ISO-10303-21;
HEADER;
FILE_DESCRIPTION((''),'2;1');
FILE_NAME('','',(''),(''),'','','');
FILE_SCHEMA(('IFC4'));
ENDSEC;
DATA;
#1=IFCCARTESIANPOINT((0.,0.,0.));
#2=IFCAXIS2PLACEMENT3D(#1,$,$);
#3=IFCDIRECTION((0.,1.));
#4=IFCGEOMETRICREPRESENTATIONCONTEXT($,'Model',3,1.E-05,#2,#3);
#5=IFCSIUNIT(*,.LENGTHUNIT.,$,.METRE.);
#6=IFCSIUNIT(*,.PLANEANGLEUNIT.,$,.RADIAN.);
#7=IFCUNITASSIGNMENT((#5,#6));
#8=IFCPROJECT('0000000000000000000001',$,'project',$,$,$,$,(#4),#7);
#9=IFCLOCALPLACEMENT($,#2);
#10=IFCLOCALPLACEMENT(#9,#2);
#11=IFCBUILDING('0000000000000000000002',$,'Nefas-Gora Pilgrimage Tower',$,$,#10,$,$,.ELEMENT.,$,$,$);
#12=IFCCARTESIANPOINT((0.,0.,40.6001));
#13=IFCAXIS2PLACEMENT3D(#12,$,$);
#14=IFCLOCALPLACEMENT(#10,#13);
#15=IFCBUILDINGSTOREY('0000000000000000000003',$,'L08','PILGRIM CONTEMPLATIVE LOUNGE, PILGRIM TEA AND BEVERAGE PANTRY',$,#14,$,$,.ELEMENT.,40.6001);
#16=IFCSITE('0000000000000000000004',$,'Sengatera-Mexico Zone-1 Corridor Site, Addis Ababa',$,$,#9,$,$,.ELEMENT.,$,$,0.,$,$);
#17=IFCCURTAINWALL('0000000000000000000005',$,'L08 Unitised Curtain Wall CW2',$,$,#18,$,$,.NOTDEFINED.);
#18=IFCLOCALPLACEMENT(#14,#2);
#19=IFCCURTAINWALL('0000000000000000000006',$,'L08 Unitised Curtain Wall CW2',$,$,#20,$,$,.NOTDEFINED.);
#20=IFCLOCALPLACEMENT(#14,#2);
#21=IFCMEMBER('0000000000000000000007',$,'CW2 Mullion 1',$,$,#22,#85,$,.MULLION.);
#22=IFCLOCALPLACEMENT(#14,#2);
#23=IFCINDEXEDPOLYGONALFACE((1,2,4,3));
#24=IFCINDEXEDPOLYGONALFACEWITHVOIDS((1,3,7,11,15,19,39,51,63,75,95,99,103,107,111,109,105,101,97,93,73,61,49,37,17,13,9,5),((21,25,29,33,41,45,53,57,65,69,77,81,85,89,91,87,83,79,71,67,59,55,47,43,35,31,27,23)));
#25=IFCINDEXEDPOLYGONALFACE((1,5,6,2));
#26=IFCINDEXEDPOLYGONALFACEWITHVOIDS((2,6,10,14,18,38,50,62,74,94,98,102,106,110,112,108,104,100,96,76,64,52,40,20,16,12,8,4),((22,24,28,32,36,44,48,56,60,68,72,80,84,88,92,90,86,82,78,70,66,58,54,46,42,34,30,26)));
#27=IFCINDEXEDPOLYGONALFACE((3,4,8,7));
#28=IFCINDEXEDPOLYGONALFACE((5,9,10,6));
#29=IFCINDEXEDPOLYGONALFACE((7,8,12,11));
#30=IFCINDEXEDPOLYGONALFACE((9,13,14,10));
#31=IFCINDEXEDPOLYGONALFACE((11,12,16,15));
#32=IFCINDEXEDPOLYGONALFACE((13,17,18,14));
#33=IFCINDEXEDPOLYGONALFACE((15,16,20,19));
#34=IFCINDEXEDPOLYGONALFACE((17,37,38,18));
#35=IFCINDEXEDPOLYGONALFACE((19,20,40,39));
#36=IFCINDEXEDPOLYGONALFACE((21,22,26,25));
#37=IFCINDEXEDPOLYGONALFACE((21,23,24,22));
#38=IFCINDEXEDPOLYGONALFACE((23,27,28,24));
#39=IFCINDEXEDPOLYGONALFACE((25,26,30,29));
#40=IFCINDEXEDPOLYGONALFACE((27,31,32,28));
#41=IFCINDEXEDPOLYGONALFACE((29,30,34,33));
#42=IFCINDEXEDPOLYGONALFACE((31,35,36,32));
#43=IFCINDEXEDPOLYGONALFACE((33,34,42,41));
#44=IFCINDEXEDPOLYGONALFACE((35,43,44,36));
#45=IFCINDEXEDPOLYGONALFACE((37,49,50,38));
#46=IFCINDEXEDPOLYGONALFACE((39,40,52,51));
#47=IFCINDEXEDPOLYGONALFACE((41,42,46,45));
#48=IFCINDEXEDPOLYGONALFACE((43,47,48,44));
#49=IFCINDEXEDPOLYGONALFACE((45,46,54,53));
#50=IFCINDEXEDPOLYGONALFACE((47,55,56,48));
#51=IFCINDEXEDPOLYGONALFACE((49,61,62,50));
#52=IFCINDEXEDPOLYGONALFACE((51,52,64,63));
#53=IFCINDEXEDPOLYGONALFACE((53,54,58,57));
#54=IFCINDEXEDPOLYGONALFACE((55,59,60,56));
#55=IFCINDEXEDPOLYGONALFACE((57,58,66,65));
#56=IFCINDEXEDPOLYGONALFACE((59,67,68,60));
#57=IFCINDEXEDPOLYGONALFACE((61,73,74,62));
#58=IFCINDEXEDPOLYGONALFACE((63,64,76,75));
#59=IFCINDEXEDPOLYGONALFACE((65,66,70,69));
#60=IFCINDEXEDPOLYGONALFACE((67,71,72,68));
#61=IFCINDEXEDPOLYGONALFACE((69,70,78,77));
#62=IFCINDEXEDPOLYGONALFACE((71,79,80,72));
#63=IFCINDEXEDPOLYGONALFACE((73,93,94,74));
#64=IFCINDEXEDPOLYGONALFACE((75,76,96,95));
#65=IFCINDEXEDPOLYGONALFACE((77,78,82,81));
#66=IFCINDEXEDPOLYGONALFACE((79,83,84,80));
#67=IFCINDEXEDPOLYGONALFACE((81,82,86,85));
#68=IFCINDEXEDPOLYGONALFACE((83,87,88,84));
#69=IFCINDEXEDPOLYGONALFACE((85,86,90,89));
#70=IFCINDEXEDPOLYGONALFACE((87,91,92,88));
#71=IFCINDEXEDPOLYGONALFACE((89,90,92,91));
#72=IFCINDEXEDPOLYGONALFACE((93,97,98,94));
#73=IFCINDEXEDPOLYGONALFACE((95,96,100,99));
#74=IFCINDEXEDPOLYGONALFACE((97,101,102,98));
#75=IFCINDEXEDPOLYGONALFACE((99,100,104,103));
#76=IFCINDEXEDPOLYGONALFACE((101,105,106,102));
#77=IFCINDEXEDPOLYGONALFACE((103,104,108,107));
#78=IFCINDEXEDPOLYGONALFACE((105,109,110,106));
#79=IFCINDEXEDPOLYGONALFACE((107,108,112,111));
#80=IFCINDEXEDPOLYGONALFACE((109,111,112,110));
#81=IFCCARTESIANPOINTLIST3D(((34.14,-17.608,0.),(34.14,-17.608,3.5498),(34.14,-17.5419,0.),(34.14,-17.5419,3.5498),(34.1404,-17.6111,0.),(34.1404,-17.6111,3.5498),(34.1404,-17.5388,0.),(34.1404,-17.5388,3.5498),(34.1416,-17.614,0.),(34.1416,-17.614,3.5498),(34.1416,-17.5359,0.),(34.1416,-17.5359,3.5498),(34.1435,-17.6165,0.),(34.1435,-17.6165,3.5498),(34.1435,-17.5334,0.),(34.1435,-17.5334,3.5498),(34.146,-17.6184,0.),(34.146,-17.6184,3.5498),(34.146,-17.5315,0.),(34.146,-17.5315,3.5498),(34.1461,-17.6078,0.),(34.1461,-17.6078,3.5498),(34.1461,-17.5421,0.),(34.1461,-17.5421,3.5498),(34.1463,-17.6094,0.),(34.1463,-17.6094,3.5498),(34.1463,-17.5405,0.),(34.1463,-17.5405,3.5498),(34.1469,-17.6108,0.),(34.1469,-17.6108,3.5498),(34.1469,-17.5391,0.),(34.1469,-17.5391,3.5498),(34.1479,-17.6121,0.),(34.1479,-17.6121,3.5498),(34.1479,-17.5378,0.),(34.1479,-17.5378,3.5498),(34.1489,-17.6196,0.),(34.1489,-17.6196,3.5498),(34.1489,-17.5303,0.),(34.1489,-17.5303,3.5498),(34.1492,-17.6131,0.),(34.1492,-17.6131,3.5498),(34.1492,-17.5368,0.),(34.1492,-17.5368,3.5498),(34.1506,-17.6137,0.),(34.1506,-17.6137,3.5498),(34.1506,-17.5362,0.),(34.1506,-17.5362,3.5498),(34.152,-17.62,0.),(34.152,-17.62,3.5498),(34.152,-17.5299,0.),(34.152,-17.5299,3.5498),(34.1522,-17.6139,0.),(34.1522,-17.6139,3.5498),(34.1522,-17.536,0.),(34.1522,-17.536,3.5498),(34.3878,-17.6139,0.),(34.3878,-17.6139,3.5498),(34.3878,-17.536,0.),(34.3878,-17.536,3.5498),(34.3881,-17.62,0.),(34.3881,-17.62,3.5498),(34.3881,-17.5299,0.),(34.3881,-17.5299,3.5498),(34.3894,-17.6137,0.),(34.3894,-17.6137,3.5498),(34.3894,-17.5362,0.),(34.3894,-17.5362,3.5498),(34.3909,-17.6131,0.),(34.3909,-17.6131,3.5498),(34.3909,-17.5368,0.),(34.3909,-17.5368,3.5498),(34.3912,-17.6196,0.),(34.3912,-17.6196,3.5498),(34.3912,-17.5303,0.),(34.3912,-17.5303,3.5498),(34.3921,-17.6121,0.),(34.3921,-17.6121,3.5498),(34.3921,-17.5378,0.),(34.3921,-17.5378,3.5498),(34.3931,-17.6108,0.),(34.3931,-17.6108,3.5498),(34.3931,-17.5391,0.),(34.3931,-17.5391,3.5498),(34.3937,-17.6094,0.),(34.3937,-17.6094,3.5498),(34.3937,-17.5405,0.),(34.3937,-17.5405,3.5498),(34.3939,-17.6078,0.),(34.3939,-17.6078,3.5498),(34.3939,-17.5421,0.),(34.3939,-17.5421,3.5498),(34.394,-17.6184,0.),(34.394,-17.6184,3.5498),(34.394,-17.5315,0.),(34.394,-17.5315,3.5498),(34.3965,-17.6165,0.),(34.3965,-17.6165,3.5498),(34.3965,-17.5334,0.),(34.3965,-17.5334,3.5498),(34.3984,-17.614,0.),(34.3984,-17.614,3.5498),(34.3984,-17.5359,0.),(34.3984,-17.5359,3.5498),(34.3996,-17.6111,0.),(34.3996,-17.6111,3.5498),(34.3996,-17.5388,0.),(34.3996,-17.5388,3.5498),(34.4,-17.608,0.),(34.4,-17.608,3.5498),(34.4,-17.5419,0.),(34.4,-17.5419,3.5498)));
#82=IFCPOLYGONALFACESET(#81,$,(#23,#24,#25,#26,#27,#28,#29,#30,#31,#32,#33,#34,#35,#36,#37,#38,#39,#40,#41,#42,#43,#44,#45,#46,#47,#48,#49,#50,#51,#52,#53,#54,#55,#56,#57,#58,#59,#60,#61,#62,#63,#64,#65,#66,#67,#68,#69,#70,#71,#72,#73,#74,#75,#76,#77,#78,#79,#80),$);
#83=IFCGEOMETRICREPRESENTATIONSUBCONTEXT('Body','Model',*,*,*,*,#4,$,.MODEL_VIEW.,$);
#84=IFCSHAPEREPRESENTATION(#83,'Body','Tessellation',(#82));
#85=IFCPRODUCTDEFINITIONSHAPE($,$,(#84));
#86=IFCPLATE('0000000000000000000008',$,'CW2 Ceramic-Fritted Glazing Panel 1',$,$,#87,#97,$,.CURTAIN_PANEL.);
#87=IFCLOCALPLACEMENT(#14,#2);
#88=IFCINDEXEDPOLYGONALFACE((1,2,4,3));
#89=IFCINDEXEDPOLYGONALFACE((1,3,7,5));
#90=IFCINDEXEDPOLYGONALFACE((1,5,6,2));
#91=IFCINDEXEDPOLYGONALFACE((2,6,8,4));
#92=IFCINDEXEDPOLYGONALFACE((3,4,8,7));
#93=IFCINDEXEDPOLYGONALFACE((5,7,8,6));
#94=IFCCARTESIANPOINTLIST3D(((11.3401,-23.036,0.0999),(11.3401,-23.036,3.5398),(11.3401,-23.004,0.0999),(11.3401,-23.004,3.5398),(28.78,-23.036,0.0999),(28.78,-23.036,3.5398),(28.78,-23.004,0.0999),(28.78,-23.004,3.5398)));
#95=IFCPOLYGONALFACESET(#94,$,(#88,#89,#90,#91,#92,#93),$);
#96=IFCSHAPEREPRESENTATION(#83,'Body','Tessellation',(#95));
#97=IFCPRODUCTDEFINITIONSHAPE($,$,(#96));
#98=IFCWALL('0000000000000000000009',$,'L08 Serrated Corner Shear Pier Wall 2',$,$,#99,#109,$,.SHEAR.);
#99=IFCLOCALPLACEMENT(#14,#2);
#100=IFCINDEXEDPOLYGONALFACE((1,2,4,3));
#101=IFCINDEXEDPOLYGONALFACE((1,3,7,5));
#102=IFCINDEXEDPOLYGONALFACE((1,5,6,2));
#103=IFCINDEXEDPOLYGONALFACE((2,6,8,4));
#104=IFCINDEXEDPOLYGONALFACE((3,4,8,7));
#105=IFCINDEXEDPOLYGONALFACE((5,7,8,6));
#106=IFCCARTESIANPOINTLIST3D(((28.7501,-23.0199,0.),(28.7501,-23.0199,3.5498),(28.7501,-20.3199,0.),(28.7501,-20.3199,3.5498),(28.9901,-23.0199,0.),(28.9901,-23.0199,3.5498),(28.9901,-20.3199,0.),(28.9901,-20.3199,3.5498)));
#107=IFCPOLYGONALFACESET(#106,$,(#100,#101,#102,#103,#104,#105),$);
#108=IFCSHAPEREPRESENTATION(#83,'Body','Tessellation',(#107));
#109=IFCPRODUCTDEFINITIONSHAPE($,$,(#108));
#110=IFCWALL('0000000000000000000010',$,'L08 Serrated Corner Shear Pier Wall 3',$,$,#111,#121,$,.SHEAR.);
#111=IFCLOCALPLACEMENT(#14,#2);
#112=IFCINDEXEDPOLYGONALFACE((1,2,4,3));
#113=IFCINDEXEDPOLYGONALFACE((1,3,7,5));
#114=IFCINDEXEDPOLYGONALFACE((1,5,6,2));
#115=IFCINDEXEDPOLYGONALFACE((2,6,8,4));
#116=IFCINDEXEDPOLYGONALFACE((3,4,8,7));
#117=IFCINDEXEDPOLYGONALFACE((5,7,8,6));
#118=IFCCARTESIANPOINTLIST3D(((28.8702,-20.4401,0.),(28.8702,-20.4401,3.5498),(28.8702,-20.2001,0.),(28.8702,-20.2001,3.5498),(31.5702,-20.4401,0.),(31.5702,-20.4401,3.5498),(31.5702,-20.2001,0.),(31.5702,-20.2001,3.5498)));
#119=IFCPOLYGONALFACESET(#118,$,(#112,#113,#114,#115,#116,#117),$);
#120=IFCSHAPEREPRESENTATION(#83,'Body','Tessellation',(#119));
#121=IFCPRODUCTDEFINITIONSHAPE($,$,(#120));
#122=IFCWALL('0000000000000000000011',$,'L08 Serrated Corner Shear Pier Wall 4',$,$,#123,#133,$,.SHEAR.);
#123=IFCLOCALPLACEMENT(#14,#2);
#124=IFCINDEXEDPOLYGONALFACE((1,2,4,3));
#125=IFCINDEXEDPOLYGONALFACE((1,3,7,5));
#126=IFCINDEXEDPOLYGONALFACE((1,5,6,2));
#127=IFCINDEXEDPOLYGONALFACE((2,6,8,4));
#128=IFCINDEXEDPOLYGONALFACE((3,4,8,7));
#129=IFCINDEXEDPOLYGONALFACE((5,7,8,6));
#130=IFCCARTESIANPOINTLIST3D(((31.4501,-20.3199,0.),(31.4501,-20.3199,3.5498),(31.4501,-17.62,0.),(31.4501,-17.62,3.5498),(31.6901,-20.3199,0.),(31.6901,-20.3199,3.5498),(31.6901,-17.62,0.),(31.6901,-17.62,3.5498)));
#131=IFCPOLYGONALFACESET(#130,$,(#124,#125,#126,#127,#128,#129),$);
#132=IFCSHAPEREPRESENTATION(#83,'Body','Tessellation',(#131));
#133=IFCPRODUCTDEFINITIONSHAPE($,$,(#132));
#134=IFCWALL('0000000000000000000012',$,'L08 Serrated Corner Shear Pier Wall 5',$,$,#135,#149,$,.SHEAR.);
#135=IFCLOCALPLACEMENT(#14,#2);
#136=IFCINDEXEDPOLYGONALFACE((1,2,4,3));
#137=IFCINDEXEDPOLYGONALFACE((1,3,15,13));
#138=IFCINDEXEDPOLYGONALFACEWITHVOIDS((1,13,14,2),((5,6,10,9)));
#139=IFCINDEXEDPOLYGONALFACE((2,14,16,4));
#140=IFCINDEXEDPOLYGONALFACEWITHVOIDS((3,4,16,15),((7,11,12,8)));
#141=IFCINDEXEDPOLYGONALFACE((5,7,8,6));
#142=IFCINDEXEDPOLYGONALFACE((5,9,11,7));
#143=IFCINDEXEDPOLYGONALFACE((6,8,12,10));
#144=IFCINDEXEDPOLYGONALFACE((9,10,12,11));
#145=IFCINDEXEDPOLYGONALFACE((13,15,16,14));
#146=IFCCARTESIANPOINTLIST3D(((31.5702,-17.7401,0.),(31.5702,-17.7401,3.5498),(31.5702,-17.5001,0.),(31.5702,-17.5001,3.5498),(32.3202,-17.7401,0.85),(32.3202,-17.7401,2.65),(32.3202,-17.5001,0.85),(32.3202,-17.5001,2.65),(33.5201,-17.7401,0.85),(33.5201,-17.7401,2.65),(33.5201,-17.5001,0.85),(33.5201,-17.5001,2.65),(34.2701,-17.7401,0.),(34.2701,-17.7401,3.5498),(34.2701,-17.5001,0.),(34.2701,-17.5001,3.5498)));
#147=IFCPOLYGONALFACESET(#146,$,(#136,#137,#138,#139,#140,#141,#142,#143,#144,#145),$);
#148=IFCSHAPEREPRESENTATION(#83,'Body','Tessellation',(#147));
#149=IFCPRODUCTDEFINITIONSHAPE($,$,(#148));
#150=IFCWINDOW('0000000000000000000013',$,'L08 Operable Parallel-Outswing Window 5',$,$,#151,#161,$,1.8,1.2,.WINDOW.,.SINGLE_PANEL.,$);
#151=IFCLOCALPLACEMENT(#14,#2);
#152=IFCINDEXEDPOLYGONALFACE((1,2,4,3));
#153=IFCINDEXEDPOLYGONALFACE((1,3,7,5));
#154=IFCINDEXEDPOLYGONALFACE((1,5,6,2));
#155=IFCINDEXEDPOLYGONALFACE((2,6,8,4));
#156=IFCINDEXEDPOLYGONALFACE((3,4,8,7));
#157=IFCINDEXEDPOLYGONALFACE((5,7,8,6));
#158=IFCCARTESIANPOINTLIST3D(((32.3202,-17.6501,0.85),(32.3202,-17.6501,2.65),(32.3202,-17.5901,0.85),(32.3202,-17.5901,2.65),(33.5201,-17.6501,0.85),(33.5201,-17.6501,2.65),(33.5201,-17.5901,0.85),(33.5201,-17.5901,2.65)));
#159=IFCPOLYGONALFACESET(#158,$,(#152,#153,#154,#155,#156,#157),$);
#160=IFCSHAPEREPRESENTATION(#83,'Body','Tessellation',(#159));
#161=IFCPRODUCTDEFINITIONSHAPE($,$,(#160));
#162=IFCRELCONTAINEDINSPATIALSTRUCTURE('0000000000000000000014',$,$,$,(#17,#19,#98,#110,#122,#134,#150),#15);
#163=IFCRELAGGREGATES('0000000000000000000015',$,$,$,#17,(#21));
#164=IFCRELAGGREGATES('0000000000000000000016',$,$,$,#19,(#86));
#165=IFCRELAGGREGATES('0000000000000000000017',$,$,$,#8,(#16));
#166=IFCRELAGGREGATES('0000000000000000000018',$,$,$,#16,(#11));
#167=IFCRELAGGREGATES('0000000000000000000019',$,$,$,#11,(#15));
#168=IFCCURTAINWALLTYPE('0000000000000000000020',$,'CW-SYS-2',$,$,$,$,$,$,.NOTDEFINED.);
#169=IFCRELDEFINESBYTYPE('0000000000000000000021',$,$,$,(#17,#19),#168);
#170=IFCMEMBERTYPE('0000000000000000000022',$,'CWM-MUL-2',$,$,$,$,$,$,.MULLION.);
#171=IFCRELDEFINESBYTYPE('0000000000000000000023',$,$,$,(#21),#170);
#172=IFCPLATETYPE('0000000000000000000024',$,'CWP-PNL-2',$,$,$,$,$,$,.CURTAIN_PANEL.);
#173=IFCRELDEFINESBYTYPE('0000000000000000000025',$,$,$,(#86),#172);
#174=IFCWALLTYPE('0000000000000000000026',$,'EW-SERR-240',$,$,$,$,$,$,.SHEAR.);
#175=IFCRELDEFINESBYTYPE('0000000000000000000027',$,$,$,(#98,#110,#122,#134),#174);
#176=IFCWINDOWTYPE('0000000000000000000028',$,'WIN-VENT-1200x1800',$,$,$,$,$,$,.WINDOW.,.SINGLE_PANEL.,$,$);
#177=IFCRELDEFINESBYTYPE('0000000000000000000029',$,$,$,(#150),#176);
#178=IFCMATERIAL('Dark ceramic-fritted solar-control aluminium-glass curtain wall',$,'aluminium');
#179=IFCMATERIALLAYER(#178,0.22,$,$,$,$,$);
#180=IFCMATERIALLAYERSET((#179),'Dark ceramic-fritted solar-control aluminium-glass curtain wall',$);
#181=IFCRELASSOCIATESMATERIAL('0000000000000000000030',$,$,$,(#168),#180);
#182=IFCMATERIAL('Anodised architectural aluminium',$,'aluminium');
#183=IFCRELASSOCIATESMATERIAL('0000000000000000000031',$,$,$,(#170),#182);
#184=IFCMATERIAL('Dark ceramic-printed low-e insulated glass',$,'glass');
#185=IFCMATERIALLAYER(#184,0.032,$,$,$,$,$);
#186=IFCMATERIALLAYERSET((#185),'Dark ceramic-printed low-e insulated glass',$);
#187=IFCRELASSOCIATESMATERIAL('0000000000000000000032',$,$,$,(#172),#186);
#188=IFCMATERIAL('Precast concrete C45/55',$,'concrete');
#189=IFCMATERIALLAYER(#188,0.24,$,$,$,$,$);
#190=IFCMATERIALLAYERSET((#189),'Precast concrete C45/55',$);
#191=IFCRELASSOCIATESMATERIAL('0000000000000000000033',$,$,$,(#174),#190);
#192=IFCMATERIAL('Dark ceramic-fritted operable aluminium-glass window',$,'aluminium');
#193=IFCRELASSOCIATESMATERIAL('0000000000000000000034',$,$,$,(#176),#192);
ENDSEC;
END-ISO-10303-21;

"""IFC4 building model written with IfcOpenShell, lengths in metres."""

from ifc_helpers import new_model, si_unit, direction, frame, frame_2d, origin, origin_2d, place, context, subcontext, project, spatial, rectangle, hollow_rectangle, extrude, source, transform, mapped, material, layer, layer_set, material_profile, profile_set, type_object, element, fill, aggregate, save


model = new_model("IFC4")

# Units and contexts
model_context = context("Model", 3, precision=1e-05, world=origin(), true_north=direction((0.0, 1.0)))
body_context = subcontext(model_context, "Body", "Model", "MODEL_VIEW")
ifc_project = project(units=[si_unit("LENGTHUNIT", "METRE"), si_unit("PLANEANGLEUNIT", "RADIAN")], contexts=[model_context])

# Site, building, storey
site_placement = place(None, origin())
site = spatial("IfcSite", under=ifc_project, at=site_placement, Name="Sengatera-Mexico Zone-1 Corridor Site, Addis Ababa", CompositionType="ELEMENT", RefElevation=0.0)
building_placement = place(site_placement, origin())
building = spatial("IfcBuilding", under=site, at=building_placement, Name="Nefas-Gora Pilgrimage Tower", CompositionType="ELEMENT")
storey_placement = place(building_placement, frame((0.0, 0.0, 40.6001)))
storey = spatial("IfcBuildingStorey", under=building, at=storey_placement, Name="L08", Description="PILGRIM CONTEMPLATIVE LOUNGE, PILGRIM TEA AND BEVERAGE PANTRY", CompositionType="ELEMENT", Elevation=40.6001)

# Curtain walls
ifc_material_1 = material(Name="Dark ceramic-fritted solar-control aluminium-glass curtain wall", Category="aluminium")
ifc_layer_1 = layer(ifc_material_1, 0.22)
ifc_layer_set_1 = layer_set([ifc_layer_1], Name="Dark ceramic-fritted solar-control aluminium-glass curtain wall")
curtain_wall_type = type_object("IfcCurtainWallType", Name="CW-SYS-2", PredefinedType="NOTDEFINED", material=ifc_layer_set_1)
curtain_wall_1_placement = place(storey_placement, origin())
curtain_wall_1 = element("IfcCurtainWall", 1, at=curtain_wall_1_placement, inside=storey, type_object=curtain_wall_type, Name="L08 Unitised Curtain Wall CW2", PredefinedType="NOTDEFINED")
ifc_material_2 = material(Name="Anodised architectural aluminium", Category="aluminium")
curtain_wall_2_placement = place(storey_placement, origin())
curtain_wall_2 = element("IfcCurtainWall", 2, at=curtain_wall_2_placement, inside=storey, type_object=curtain_wall_type, Name="L08 Unitised Curtain Wall CW2", PredefinedType="NOTDEFINED")
ifc_material_profile_1 = material_profile(ifc_material_2, hollow_rectangle(XDim=0.0901, YDim=0.26, WallThickness=0.0061, InnerFilletRadius=0.0061, OuterFilletRadius=0.012, at=origin_2d()), Name="ALU MULLION 90x260")
ifc_profile_set_1 = profile_set([ifc_material_profile_1], Name="Anodised architectural aluminium")
member_type_1 = type_object("IfcMemberType", Name="CWM-MUL-2", PredefinedType="MULLION", material=ifc_profile_set_1)
shared_shape_1 = source(origin(), body_context, "Body", "SweptSolid", [
    extrude(hollow_rectangle(XDim=0.0901, YDim=0.26, WallThickness=0.0061, InnerFilletRadius=0.0061, OuterFilletRadius=0.012, at=origin_2d()), origin(), (0.0, 0.0, 1.0), 3.5498),
])

# Member
member_1_placement = place(storey_placement, frame((34.27, -17.575, 0.0), z_axis=(0.0, 0.0, 1.0), x_axis=(0.0, 1.0, 0.0)))
member_1 = element("IfcMember", 3, at=member_1_placement, type_object=member_type_1, Name="CW2 Mullion 1", PredefinedType="MULLION", context=body_context, shape_type="MappedRepresentation", body=[
    mapped(shared_shape_1, transform((0.0, 0.0, 0.0), x_axis=(1.0, 0.0, 0.0), y_axis=(0.0, 1.0, 0.0), z_axis=(0.0, 0.0, 1.0), scale=1.0)),
])
aggregate(curtain_wall_1, [member_1])

# Plate
ifc_material_3 = material(Name="Dark ceramic-printed low-e insulated glass", Category="glass")
ifc_layer_2 = layer(ifc_material_3, 0.032)
ifc_layer_set_2 = layer_set([ifc_layer_2], Name="Dark ceramic-printed low-e insulated glass")
plate_type = type_object("IfcPlateType", Name="CWP-PNL-2", PredefinedType="CURTAIN_PANEL", material=ifc_layer_set_2)
shared_shape_2 = source(origin(), body_context, "Body", "SweptSolid", [
    extrude(rectangle(XDim=17.4399, YDim=0.032, at=origin_2d()), origin(), (0.0, 0.0, 1.0), 3.4399),
])
plate_placement = place(storey_placement, frame((20.0601, -23.02, 0.0999), z_axis=(0.0, 0.0, 1.0), x_axis=(1.0, 0.0, 0.0)))
plate = element("IfcPlate", 4, at=plate_placement, type_object=plate_type, Name="CW2 Ceramic-Fritted Glazing Panel 1", PredefinedType="CURTAIN_PANEL", context=body_context, shape_type="MappedRepresentation", body=[
    mapped(shared_shape_2, transform((0.0, 0.0, 0.0), x_axis=(1.0, 0.0, 0.0), y_axis=(0.0, 1.0, 0.0), z_axis=(0.0, 0.0, 1.0), scale=1.0)),
])
aggregate(curtain_wall_2, [plate])

# Walls
ifc_material_4 = material(Name="Precast concrete C45/55", Category="concrete")
ifc_layer_3 = layer(ifc_material_4, 0.24)
ifc_layer_set_3 = layer_set([ifc_layer_3], Name="Precast concrete C45/55")
wall_type_1 = type_object("IfcWallType", Name="EW-SERR-240", PredefinedType="SHEAR", material=ifc_layer_set_3)
shared_shape_3 = source(origin(), body_context, "Body", "SweptSolid", [
    extrude(rectangle(XDim=2.7, YDim=0.24, at=frame_2d((1.3501, 0.0))), origin(), (0.0, 0.0, 1.0), 3.5498),
])
for number, where, z_axis, x_axis, name in (
    (5, (28.8701, -23.02, 0.0), (0.0, 0.0, 1.0), (0.0, 1.0, 0.0), "L08 Serrated Corner Shear Pier Wall 2"),
    (6, (28.8701, -20.3201, 0.0), (0.0, 0.0, 1.0), (1.0, 0.0, 0.0), "L08 Serrated Corner Shear Pier Wall 3"),
    (7, (31.5701, -20.3201, 0.0), (0.0, 0.0, 1.0), (0.0, 1.0, 0.0), "L08 Serrated Corner Shear Pier Wall 4"),
):
    element("IfcWall", number, at=place(storey_placement, frame(where, z_axis=z_axis, x_axis=x_axis)), inside=storey, type_object=wall_type_1, Name=name, PredefinedType="SHEAR", context=body_context, shape_type="MappedRepresentation", body=[
        mapped(shared_shape_3, transform((0.0, 0.0, 0.0), x_axis=(1.0, 0.0, 0.0), y_axis=(0.0, 1.0, 0.0), z_axis=(0.0, 0.0, 1.0), scale=1.0)),
    ])

# Wall, opening, window
wall_1_placement = place(storey_placement, frame((31.5701, -17.6201, 0.0), z_axis=(0.0, 0.0, 1.0), x_axis=(1.0, 0.0, 0.0)))
wall_1 = element("IfcWall", 8, at=wall_1_placement, inside=storey, type_object=wall_type_1, Name="L08 Serrated Corner Shear Pier Wall 5", PredefinedType="SHEAR", context=body_context, shape_type="MappedRepresentation", body=[
    mapped(shared_shape_3, transform((0.0, 0.0, 0.0), x_axis=(1.0, 0.0, 0.0), y_axis=(0.0, 1.0, 0.0), z_axis=(0.0, 0.0, 1.0), scale=1.0)),
])
opening_1_placement = place(wall_1_placement, frame((0.75, 0.0, 0.8501)))
opening_1 = element("IfcOpeningElement", 9, at=opening_1_placement, cuts=wall_1, PredefinedType="OPENING", context=body_context, shape_type="SweptSolid", body=[
    extrude(rectangle(XDim=1.2, YDim=1.8, at=frame_2d((0.6001, 0.8999))), frame((0.0, 0.1299, 0.0), z_axis=(0.0, -1.0, 0.0), x_axis=(1.0, 0.0, 0.0)), (0.0, 0.0, 1.0), 0.26),
])
ifc_material_5 = material(Name="Dark ceramic-fritted operable aluminium-glass window", Category="aluminium")
window_type = type_object("IfcWindowType", Name="WIN-VENT-1200x1800", PartitioningType="SINGLE_PANEL", PredefinedType="WINDOW", material=ifc_material_5)
shared_shape_4 = source(origin(), body_context, "Body", "SweptSolid", [
    extrude(rectangle(XDim=1.2, YDim=1.8, at=frame_2d((0.6001, 0.8999))), frame((0.0, 0.03, 0.0), z_axis=(0.0, -1.0, 0.0), x_axis=(1.0, 0.0, 0.0)), (0.0, 0.0, 1.0), 0.0601),
])
window_placement = place(opening_1_placement, origin())
window = element("IfcWindow", 10, at=window_placement, inside=storey, type_object=window_type, Name="L08 Operable Parallel-Outswing Window 5", OverallHeight=1.8, OverallWidth=1.2, PartitioningType="SINGLE_PANEL", PredefinedType="WINDOW", context=body_context, shape_type="MappedRepresentation", body=[
    mapped(shared_shape_4, transform((0.0, 0.0, 0.0), x_axis=(1.0, 0.0, 0.0), y_axis=(0.0, 1.0, 0.0), z_axis=(0.0, 0.0, 1.0), scale=1.0)),
])
fill(opening_1, window)

save(model, "model.ifc")
